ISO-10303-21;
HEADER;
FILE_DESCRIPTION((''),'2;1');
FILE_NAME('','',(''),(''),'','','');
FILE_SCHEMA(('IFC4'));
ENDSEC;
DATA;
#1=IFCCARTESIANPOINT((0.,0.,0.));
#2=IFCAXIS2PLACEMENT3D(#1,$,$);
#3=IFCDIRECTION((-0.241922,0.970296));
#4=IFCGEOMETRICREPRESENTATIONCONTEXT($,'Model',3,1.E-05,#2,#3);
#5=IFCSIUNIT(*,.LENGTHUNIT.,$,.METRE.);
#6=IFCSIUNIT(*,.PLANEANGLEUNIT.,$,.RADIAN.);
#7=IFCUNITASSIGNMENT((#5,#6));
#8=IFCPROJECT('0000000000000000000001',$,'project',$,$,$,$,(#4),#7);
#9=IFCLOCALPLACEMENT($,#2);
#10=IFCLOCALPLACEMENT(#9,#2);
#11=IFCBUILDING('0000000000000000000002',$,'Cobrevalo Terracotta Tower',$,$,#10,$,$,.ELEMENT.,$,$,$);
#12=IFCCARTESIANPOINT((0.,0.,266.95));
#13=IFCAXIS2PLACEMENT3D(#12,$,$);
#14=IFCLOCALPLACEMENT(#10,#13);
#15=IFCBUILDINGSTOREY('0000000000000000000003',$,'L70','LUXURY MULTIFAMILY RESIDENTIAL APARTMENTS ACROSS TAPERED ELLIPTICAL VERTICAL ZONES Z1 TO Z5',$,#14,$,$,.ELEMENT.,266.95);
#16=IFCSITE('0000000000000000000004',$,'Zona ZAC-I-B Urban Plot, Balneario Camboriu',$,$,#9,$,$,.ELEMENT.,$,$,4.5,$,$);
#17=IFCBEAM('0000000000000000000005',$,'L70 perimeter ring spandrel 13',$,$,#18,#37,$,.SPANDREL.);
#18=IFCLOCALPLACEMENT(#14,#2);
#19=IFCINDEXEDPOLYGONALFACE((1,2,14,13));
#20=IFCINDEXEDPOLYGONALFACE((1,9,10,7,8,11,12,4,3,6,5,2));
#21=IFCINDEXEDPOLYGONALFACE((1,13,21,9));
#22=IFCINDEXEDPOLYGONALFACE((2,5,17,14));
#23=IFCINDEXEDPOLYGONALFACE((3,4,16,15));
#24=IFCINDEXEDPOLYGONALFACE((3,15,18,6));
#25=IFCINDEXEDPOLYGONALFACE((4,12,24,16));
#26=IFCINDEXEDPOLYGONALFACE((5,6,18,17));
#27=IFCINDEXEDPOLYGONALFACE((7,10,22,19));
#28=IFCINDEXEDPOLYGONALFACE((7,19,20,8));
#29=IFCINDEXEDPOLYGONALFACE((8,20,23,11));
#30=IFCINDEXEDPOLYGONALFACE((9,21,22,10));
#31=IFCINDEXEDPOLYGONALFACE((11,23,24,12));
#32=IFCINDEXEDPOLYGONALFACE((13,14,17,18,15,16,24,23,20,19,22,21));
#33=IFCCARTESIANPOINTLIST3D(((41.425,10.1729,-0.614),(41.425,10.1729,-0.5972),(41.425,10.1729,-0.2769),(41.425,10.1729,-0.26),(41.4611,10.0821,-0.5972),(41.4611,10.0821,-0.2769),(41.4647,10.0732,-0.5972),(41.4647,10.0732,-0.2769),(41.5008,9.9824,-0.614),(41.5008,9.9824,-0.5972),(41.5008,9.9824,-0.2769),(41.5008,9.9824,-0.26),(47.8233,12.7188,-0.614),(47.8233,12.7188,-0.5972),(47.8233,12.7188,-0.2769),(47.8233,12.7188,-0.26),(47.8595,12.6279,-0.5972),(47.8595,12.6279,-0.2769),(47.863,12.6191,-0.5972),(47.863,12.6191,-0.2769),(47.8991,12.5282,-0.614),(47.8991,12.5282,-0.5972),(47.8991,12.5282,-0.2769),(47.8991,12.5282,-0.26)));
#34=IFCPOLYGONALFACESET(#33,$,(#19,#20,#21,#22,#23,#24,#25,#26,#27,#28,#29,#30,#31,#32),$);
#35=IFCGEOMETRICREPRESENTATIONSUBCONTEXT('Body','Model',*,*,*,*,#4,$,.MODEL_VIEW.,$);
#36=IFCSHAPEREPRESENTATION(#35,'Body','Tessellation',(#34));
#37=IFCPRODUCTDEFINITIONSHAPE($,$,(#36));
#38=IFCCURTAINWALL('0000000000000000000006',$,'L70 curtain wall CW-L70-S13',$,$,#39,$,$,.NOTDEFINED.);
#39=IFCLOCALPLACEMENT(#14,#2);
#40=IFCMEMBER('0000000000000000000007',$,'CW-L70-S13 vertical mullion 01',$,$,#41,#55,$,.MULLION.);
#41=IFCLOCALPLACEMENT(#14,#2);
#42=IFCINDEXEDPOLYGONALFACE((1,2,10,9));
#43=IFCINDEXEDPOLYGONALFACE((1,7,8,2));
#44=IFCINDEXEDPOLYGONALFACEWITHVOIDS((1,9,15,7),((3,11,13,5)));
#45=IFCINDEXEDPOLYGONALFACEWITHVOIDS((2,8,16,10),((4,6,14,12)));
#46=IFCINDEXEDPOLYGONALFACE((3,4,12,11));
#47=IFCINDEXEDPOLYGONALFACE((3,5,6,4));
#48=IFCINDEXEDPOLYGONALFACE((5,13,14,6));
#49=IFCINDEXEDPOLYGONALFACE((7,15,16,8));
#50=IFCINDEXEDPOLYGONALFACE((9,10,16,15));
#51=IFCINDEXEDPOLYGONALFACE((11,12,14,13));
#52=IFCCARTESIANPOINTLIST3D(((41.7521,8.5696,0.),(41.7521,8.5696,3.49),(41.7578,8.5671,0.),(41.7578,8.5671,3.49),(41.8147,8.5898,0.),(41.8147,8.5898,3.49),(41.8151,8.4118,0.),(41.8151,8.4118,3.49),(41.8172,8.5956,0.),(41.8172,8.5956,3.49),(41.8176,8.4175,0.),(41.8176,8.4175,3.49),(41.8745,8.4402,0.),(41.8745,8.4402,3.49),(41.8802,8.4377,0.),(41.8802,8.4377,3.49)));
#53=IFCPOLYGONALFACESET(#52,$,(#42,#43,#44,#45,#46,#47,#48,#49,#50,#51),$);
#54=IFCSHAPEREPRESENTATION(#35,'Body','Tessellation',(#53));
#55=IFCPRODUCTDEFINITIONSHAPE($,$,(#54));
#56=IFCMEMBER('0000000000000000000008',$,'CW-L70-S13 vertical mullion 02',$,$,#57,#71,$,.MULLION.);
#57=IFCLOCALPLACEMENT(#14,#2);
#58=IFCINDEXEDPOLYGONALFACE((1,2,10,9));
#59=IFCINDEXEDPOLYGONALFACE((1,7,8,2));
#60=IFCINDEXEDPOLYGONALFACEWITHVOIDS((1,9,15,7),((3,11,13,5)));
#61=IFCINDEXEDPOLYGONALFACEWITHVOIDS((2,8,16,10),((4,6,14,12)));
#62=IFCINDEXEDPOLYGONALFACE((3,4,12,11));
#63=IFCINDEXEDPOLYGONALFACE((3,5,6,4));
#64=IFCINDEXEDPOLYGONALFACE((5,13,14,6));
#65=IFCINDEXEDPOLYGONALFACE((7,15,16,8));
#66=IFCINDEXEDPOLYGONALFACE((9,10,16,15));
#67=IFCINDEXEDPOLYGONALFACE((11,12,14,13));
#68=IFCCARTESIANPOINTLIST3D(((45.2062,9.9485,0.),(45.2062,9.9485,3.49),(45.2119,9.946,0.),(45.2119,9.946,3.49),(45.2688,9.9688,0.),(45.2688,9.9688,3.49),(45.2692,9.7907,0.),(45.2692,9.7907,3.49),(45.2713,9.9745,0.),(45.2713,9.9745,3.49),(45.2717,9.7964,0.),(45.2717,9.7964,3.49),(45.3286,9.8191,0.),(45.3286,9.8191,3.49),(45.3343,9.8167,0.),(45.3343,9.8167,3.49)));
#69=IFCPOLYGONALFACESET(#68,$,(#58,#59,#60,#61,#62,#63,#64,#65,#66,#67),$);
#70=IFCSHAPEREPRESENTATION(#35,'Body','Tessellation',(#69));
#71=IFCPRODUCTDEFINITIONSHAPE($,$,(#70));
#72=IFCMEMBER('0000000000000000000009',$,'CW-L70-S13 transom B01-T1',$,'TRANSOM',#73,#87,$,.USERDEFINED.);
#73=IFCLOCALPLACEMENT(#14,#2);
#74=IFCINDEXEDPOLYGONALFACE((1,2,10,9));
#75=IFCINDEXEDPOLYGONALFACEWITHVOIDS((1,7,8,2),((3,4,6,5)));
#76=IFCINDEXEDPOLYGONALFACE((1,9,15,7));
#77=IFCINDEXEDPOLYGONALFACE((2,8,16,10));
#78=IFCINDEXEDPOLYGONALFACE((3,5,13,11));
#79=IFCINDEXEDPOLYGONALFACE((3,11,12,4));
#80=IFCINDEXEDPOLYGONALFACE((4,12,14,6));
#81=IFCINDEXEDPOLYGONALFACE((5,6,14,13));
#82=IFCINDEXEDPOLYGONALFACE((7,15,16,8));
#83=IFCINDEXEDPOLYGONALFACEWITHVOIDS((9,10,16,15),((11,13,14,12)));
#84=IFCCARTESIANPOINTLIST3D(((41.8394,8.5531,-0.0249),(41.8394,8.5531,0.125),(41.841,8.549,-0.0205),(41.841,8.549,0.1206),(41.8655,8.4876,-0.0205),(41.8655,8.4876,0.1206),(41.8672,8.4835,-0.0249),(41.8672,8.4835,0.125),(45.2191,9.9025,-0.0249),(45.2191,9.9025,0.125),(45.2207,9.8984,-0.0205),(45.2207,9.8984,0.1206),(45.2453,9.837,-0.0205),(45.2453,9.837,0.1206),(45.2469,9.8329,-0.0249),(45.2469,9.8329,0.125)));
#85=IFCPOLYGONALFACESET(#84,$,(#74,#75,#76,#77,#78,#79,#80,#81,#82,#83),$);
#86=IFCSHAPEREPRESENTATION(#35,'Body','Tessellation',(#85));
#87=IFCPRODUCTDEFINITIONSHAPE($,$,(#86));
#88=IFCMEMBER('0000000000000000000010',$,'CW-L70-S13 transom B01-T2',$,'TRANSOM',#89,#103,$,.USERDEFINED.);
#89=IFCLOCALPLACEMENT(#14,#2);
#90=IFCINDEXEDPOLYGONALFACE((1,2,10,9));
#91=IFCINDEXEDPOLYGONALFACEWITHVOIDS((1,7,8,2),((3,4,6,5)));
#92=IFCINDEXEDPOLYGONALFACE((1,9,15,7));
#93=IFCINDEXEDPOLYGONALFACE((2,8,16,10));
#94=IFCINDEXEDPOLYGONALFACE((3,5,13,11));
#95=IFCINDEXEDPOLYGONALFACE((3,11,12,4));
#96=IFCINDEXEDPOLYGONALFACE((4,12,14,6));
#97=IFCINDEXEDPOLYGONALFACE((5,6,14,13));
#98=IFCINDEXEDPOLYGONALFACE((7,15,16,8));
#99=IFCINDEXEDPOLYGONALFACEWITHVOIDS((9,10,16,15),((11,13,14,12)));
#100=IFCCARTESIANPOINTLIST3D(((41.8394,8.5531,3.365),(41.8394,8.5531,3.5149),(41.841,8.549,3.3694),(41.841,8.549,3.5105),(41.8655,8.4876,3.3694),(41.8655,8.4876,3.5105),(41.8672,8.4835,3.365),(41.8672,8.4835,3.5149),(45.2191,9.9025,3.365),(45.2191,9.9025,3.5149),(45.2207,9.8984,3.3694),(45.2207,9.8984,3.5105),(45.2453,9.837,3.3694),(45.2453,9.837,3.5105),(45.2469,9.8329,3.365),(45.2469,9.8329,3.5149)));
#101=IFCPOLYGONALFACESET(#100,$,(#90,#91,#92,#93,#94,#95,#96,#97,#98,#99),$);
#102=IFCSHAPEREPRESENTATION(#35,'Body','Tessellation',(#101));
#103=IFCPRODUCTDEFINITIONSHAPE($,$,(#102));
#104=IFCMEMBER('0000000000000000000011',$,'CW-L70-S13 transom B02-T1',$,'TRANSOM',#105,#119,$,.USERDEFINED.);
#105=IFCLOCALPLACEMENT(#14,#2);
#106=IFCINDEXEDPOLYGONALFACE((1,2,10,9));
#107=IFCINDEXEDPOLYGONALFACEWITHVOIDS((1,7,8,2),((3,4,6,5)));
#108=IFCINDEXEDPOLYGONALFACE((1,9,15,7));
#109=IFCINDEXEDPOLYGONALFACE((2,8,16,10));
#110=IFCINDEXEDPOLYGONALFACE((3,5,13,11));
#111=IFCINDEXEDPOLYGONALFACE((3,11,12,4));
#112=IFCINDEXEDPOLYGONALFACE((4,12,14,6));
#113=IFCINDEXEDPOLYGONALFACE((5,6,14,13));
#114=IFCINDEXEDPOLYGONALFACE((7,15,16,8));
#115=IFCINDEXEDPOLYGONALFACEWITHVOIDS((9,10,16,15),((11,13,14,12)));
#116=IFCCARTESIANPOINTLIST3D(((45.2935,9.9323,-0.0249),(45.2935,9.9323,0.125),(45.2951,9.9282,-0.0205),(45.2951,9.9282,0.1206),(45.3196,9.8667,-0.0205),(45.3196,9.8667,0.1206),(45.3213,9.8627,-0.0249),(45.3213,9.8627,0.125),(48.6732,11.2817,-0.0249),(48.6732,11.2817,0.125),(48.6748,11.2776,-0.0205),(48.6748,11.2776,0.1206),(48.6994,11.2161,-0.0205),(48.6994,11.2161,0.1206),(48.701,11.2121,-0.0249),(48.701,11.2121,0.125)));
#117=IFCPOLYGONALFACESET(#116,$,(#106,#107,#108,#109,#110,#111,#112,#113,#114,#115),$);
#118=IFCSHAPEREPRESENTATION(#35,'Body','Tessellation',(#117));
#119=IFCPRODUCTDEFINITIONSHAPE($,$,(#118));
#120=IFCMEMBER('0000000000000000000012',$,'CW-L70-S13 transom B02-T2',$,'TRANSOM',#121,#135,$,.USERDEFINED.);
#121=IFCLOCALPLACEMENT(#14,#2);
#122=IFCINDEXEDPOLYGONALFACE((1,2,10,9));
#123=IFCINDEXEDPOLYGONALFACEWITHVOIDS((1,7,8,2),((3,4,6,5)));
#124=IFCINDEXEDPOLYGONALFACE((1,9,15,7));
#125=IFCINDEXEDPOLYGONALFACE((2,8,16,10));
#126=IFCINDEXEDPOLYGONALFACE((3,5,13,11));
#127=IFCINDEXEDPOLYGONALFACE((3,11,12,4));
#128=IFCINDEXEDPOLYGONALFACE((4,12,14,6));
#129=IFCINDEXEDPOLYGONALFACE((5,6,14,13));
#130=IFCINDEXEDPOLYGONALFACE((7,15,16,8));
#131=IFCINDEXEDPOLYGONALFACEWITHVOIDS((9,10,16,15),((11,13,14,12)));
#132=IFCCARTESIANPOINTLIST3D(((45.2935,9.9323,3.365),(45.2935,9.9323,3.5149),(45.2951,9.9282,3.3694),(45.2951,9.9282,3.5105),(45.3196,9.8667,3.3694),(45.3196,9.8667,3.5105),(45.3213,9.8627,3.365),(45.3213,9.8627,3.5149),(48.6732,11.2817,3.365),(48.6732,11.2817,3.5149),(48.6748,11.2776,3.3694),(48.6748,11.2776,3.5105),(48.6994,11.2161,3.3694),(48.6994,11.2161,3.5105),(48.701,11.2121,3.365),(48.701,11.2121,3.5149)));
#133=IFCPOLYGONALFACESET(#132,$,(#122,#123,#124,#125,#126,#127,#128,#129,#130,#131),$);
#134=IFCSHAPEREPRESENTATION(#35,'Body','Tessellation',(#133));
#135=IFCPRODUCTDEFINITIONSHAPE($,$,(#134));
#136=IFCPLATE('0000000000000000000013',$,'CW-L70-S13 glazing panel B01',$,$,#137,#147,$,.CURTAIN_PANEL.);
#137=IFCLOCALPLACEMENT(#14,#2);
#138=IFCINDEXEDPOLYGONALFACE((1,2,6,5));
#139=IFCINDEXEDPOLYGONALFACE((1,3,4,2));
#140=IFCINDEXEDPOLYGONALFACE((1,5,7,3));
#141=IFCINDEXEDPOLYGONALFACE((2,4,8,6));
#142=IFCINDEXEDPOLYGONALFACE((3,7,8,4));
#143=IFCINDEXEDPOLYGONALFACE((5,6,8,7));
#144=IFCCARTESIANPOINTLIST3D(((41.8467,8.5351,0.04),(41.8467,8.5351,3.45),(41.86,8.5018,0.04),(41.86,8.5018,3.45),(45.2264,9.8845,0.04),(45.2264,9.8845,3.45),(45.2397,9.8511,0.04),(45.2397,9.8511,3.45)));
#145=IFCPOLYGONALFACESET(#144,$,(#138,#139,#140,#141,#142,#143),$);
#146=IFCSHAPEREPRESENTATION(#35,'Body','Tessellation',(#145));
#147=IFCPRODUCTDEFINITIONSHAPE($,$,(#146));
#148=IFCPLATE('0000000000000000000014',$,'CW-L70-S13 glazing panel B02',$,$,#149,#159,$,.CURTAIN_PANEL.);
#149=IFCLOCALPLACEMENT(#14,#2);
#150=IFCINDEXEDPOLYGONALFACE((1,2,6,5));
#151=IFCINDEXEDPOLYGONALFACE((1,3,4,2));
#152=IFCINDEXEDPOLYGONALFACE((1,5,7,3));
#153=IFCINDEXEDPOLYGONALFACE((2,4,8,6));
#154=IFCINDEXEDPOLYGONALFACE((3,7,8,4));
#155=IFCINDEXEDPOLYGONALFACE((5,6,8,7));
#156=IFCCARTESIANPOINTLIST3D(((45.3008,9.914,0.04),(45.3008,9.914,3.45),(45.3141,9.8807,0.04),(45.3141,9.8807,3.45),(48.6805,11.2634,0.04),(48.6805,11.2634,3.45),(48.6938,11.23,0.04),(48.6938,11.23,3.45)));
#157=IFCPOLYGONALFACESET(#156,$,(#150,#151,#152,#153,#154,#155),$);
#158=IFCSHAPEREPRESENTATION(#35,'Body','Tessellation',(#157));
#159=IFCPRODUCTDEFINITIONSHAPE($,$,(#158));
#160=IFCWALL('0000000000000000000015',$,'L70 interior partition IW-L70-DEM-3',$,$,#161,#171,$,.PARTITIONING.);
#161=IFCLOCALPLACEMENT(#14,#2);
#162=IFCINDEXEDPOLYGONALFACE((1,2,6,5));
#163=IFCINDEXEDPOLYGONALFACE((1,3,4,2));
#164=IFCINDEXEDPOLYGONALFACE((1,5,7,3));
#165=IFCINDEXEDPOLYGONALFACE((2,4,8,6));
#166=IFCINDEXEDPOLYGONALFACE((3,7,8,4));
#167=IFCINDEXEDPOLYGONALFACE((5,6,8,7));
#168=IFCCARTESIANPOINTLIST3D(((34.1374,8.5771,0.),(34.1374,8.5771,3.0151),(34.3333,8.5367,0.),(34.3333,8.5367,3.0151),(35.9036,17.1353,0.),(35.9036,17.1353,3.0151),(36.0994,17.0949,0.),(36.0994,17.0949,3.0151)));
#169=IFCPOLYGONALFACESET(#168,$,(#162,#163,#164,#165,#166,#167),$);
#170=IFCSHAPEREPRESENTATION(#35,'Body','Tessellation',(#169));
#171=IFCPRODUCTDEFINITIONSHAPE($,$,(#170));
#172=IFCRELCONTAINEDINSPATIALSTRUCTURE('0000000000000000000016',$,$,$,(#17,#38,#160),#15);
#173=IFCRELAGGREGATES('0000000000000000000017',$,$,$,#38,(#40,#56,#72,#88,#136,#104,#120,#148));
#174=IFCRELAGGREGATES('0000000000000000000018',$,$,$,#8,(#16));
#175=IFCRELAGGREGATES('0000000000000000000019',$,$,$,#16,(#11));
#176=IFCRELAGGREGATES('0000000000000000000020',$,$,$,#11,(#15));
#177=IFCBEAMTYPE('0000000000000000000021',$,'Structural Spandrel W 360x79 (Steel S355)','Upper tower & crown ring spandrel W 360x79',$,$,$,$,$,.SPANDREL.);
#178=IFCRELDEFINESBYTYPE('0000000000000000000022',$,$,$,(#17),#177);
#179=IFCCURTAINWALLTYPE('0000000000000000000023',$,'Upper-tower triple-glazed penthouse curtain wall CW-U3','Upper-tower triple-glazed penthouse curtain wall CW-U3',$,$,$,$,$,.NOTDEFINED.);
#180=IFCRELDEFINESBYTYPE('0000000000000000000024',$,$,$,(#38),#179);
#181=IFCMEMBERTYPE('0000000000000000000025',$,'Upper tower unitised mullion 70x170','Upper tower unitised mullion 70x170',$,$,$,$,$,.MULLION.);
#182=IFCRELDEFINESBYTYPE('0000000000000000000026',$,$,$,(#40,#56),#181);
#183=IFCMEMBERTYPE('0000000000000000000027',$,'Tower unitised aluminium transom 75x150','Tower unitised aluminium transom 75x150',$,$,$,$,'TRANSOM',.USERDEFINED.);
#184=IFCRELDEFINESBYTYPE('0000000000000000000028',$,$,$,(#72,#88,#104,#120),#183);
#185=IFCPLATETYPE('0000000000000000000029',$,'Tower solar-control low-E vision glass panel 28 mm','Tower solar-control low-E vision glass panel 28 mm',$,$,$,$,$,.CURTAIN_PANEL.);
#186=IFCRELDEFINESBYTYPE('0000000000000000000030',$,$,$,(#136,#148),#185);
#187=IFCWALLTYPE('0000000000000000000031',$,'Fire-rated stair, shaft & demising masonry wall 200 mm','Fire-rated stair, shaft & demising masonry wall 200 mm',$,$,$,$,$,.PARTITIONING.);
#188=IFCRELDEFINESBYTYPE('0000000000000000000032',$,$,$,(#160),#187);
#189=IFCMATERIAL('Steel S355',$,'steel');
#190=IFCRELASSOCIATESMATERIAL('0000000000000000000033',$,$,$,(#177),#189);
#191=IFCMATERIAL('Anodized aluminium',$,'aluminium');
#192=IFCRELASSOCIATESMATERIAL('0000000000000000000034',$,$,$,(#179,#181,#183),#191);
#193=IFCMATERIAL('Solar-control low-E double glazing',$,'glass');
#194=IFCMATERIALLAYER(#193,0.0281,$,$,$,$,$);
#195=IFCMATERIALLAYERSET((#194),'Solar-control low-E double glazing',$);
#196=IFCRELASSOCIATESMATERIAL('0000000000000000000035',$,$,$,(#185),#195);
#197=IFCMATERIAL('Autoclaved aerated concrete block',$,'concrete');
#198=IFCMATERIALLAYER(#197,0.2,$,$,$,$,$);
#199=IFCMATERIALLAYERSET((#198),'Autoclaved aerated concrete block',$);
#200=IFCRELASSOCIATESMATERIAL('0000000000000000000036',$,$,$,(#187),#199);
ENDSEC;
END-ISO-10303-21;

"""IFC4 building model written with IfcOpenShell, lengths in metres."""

from ifc_helpers import new_model, si_unit, direction, frame, frame_2d, origin, origin_2d, place, context, subcontext, project, spatial, rectangle, hollow_rectangle, i_section, extrude, source, transform, mapped, material, layer, layer_set, material_profile, profile_set, type_object, element, aggregate, save


model = new_model("IFC4")

# Units and contexts
model_context = context("Model", 3, precision=1e-05, world=origin(), true_north=direction((-0.241922, 0.970296)))
body_context = subcontext(model_context, "Body", "Model", "MODEL_VIEW")
ifc_project = project(units=[si_unit("LENGTHUNIT", "METRE"), si_unit("PLANEANGLEUNIT", "RADIAN")], contexts=[model_context])

# Site, building, storey
site_placement = place(None, origin())
site = spatial("IfcSite", under=ifc_project, at=site_placement, Name="Zona ZAC-I-B Urban Plot, Balneario Camboriu", CompositionType="ELEMENT", RefElevation=4.5)
building_placement = place(site_placement, origin())
building = spatial("IfcBuilding", under=site, at=building_placement, Name="Cobrevalo Terracotta Tower", CompositionType="ELEMENT")
storey_placement = place(building_placement, frame((0.0, 0.0, 266.95)))
storey = spatial("IfcBuildingStorey", under=building, at=storey_placement, Name="L70", Description="LUXURY MULTIFAMILY RESIDENTIAL APARTMENTS ACROSS TAPERED ELLIPTICAL VERTICAL ZONES Z1 TO Z5", CompositionType="ELEMENT", Elevation=266.95)

# Shared definitions
ifc_material_1 = material(Name="Steel S355", Category="steel")

# Beam
ifc_material_profile_1 = material_profile(ifc_material_1, i_section(OverallWidth=0.2051, OverallDepth=0.354, WebThickness=0.0095, FlangeThickness=0.0168, at=origin_2d()), Name="W 360x79")
ifc_profile_set_1 = profile_set([ifc_material_profile_1], Name="Steel S355")
beam_type_1 = type_object("IfcBeamType", Name="Structural Spandrel W 360x79 (Steel S355)", Description="Upper tower & crown ring spandrel W 360x79", PredefinedType="SPANDREL", material=ifc_profile_set_1)
beam_1_placement = place(storey_placement, frame((41.4629, 10.0776, -0.437), z_axis=(0.92915, 0.369703, 0.0), x_axis=(-0.369703, 0.92915, 0.0)))
element("IfcBeam", 1, at=beam_1_placement, inside=storey, type_object=beam_type_1, Name="L70 perimeter ring spandrel 13", PredefinedType="SPANDREL", context=body_context, shape_type="SweptSolid", body=[
    extrude(i_section(OverallWidth=0.2051, OverallDepth=0.354, WebThickness=0.0095, FlangeThickness=0.0168, at=origin_2d()), origin(), (0.0, 0.0, 1.0), 6.8862),
])

# Curtain wall, members, plates
ifc_material_2 = material(Name="Anodized aluminium", Category="aluminium")
curtain_wall_type = type_object("IfcCurtainWallType", Name="Upper-tower triple-glazed penthouse curtain wall CW-U3", Description="Upper-tower triple-glazed penthouse curtain wall CW-U3", PredefinedType="NOTDEFINED", material=ifc_material_2)
curtain_wall_placement = place(storey_placement, origin())
curtain_wall = element("IfcCurtainWall", 2, at=curtain_wall_placement, inside=storey, type_object=curtain_wall_type, Name="L70 curtain wall CW-L70-S13", PredefinedType="NOTDEFINED")
ifc_material_profile_2 = material_profile(ifc_material_2, hollow_rectangle(XDim=0.0701, YDim=0.1699, WallThickness=0.0044, at=origin_2d()), Name="CWM 70x170")
ifc_profile_set_2 = profile_set([ifc_material_profile_2], Name="Anodized aluminium")
member_type_1 = type_object("IfcMemberType", Name="Upper tower unitised mullion 70x170", Description="Upper tower unitised mullion 70x170", PredefinedType="MULLION", material=ifc_profile_set_2)
shared_shape_1 = source(origin(), body_context, "Body", "SweptSolid", [
    extrude(hollow_rectangle(XDim=0.0701, YDim=0.1699, WallThickness=0.0044, at=origin_2d()), origin(), (0.0, 0.0, 1.0), 3.49),
])
member_1_placement = place(storey_placement, frame((41.8162, 8.5037, 0.0), z_axis=(0.0, 0.0, 1.0), x_axis=(0.928719, 0.370784, 0.0)))
member_1 = element("IfcMember", 3, at=member_1_placement, type_object=member_type_1, Name="CW-L70-S13 vertical mullion 01", PredefinedType="MULLION", context=body_context, shape_type="MappedRepresentation", body=[
    mapped(shared_shape_1, transform((0.0, 0.0, 0.0), scale=1.0)),
])
member_2_placement = place(storey_placement, frame((45.2703, 9.8826, 0.0), z_axis=(0.0, 0.0, 1.0), x_axis=(0.928719, 0.370784, 0.0)))
member_2 = element("IfcMember", 4, at=member_2_placement, type_object=member_type_1, Name="CW-L70-S13 vertical mullion 02", PredefinedType="MULLION", context=body_context, shape_type="MappedRepresentation", body=[
    mapped(shared_shape_1, transform((0.0, 0.0, 0.0), scale=1.0)),
])
ifc_material_profile_3 = material_profile(ifc_material_2, hollow_rectangle(XDim=0.075, YDim=0.1499, WallThickness=0.0044, at=origin_2d()), Name="CWT 75x150")
ifc_profile_set_3 = profile_set([ifc_material_profile_3], Name="Anodized aluminium")
member_type_2 = type_object("IfcMemberType", Name="Tower unitised aluminium transom 75x150", Description="Tower unitised aluminium transom 75x150", ElementType="TRANSOM", PredefinedType="USERDEFINED", material=ifc_profile_set_3)
shared_shape_2 = source(origin(), body_context, "Body", "SweptSolid", [
    extrude(hollow_rectangle(XDim=0.075, YDim=0.1499, WallThickness=0.0044, at=origin_2d()), origin(), (0.0, 0.0, 1.0), 3.6392),
])
member_3_placement = place(storey_placement, frame((41.8533, 8.5183, 0.05), z_axis=(0.928712, 0.370801, 0.0), x_axis=(-0.370801, 0.928712, 0.0)))
member_3 = element("IfcMember", 5, at=member_3_placement, type_object=member_type_2, Name="CW-L70-S13 transom B01-T1", ObjectType="TRANSOM", PredefinedType="USERDEFINED", context=body_context, shape_type="MappedRepresentation", body=[
    mapped(shared_shape_2, transform((0.0, 0.0, 0.0), scale=1.0)),
])
member_4_placement = place(storey_placement, frame((41.8533, 8.5183, 3.4399), z_axis=(0.928712, 0.370801, 0.0), x_axis=(-0.370801, 0.928712, 0.0)))
member_4 = element("IfcMember", 6, at=member_4_placement, type_object=member_type_2, Name="CW-L70-S13 transom B01-T2", ObjectType="TRANSOM", PredefinedType="USERDEFINED", context=body_context, shape_type="MappedRepresentation", body=[
    mapped(shared_shape_2, transform((0.0, 0.0, 0.0), scale=1.0)),
])
member_5_placement = place(storey_placement, frame((45.3074, 9.8975, 0.05), z_axis=(0.928712, 0.370801, 0.0), x_axis=(-0.370801, 0.928712, 0.0)))
member_5 = element("IfcMember", 7, at=member_5_placement, type_object=member_type_2, Name="CW-L70-S13 transom B02-T1", ObjectType="TRANSOM", PredefinedType="USERDEFINED", context=body_context, shape_type="MappedRepresentation", body=[
    mapped(shared_shape_2, transform((0.0, 0.0, 0.0), scale=1.0)),
])
member_6_placement = place(storey_placement, frame((45.3074, 9.8975, 3.4399), z_axis=(0.928712, 0.370801, 0.0), x_axis=(-0.370801, 0.928712, 0.0)))
member_6 = element("IfcMember", 8, at=member_6_placement, type_object=member_type_2, Name="CW-L70-S13 transom B02-T2", ObjectType="TRANSOM", PredefinedType="USERDEFINED", context=body_context, shape_type="MappedRepresentation", body=[
    mapped(shared_shape_2, transform((0.0, 0.0, 0.0), scale=1.0)),
])
ifc_material_3 = material(Name="Solar-control low-E double glazing", Category="glass")
ifc_layer_1 = layer(ifc_material_3, 0.0281)
ifc_layer_set_1 = layer_set([ifc_layer_1], Name="Solar-control low-E double glazing")
plate_type = type_object("IfcPlateType", Name="Tower solar-control low-E vision glass panel 28 mm", Description="Tower solar-control low-E vision glass panel 28 mm", PredefinedType="CURTAIN_PANEL", material=ifc_layer_set_1)
shared_shape_3 = source(origin(), body_context, "Body", "SweptSolid", [
    extrude(rectangle(XDim=3.6392, YDim=0.0359, at=origin_2d()), origin(), (0.0, 0.0, 1.0), 3.4099),
])
plate_1_placement = place(storey_placement, frame((43.5432, 9.1931, 0.04), z_axis=(0.0, 0.0, 1.0), x_axis=(0.928718, 0.370786, 0.0)))
plate_1 = element("IfcPlate", 9, at=plate_1_placement, type_object=plate_type, Name="CW-L70-S13 glazing panel B01", PredefinedType="CURTAIN_PANEL", context=body_context, shape_type="MappedRepresentation", body=[
    mapped(shared_shape_3, transform((0.0, 0.0, 0.0), scale=1.0)),
])
plate_2_placement = place(storey_placement, frame((46.9973, 10.572, 0.04), z_axis=(0.0, 0.0, 1.0), x_axis=(0.928718, 0.370786, 0.0)))
plate_2 = element("IfcPlate", 10, at=plate_2_placement, type_object=plate_type, Name="CW-L70-S13 glazing panel B02", PredefinedType="CURTAIN_PANEL", context=body_context, shape_type="MappedRepresentation", body=[
    mapped(shared_shape_3, transform((0.0, 0.0, 0.0), scale=1.0)),
])
aggregate(curtain_wall, [member_1, member_2, member_3, member_4, plate_1, member_5, member_6, plate_2])

# Wall
ifc_material_4 = material(Name="Autoclaved aerated concrete block", Category="concrete")
ifc_layer_2 = layer(ifc_material_4, 0.2)
ifc_layer_set_2 = layer_set([ifc_layer_2], Name="Autoclaved aerated concrete block")
wall_type_1 = type_object("IfcWallType", Name="Fire-rated stair, shaft & demising masonry wall 200 mm", Description="Fire-rated stair, shaft & demising masonry wall 200 mm", PredefinedType="PARTITIONING", material=ifc_layer_set_2)
wall_1_placement = place(storey_placement, frame((36.0015, 17.115, 0.0), z_axis=(0.0, 0.0, 1.0), x_axis=(-0.202109, -0.979363, 0.0)))
element("IfcWall", 11, at=wall_1_placement, inside=storey, type_object=wall_type_1, Name="L70 interior partition IW-L70-DEM-3", PredefinedType="PARTITIONING", context=body_context, shape_type="SweptSolid", body=[
    extrude(rectangle(XDim=8.7385, YDim=0.2, at=frame_2d((4.3691, 0.0))), origin(), (0.0, 0.0, 1.0), 3.0151),
])

save(model, "model.ifc")
